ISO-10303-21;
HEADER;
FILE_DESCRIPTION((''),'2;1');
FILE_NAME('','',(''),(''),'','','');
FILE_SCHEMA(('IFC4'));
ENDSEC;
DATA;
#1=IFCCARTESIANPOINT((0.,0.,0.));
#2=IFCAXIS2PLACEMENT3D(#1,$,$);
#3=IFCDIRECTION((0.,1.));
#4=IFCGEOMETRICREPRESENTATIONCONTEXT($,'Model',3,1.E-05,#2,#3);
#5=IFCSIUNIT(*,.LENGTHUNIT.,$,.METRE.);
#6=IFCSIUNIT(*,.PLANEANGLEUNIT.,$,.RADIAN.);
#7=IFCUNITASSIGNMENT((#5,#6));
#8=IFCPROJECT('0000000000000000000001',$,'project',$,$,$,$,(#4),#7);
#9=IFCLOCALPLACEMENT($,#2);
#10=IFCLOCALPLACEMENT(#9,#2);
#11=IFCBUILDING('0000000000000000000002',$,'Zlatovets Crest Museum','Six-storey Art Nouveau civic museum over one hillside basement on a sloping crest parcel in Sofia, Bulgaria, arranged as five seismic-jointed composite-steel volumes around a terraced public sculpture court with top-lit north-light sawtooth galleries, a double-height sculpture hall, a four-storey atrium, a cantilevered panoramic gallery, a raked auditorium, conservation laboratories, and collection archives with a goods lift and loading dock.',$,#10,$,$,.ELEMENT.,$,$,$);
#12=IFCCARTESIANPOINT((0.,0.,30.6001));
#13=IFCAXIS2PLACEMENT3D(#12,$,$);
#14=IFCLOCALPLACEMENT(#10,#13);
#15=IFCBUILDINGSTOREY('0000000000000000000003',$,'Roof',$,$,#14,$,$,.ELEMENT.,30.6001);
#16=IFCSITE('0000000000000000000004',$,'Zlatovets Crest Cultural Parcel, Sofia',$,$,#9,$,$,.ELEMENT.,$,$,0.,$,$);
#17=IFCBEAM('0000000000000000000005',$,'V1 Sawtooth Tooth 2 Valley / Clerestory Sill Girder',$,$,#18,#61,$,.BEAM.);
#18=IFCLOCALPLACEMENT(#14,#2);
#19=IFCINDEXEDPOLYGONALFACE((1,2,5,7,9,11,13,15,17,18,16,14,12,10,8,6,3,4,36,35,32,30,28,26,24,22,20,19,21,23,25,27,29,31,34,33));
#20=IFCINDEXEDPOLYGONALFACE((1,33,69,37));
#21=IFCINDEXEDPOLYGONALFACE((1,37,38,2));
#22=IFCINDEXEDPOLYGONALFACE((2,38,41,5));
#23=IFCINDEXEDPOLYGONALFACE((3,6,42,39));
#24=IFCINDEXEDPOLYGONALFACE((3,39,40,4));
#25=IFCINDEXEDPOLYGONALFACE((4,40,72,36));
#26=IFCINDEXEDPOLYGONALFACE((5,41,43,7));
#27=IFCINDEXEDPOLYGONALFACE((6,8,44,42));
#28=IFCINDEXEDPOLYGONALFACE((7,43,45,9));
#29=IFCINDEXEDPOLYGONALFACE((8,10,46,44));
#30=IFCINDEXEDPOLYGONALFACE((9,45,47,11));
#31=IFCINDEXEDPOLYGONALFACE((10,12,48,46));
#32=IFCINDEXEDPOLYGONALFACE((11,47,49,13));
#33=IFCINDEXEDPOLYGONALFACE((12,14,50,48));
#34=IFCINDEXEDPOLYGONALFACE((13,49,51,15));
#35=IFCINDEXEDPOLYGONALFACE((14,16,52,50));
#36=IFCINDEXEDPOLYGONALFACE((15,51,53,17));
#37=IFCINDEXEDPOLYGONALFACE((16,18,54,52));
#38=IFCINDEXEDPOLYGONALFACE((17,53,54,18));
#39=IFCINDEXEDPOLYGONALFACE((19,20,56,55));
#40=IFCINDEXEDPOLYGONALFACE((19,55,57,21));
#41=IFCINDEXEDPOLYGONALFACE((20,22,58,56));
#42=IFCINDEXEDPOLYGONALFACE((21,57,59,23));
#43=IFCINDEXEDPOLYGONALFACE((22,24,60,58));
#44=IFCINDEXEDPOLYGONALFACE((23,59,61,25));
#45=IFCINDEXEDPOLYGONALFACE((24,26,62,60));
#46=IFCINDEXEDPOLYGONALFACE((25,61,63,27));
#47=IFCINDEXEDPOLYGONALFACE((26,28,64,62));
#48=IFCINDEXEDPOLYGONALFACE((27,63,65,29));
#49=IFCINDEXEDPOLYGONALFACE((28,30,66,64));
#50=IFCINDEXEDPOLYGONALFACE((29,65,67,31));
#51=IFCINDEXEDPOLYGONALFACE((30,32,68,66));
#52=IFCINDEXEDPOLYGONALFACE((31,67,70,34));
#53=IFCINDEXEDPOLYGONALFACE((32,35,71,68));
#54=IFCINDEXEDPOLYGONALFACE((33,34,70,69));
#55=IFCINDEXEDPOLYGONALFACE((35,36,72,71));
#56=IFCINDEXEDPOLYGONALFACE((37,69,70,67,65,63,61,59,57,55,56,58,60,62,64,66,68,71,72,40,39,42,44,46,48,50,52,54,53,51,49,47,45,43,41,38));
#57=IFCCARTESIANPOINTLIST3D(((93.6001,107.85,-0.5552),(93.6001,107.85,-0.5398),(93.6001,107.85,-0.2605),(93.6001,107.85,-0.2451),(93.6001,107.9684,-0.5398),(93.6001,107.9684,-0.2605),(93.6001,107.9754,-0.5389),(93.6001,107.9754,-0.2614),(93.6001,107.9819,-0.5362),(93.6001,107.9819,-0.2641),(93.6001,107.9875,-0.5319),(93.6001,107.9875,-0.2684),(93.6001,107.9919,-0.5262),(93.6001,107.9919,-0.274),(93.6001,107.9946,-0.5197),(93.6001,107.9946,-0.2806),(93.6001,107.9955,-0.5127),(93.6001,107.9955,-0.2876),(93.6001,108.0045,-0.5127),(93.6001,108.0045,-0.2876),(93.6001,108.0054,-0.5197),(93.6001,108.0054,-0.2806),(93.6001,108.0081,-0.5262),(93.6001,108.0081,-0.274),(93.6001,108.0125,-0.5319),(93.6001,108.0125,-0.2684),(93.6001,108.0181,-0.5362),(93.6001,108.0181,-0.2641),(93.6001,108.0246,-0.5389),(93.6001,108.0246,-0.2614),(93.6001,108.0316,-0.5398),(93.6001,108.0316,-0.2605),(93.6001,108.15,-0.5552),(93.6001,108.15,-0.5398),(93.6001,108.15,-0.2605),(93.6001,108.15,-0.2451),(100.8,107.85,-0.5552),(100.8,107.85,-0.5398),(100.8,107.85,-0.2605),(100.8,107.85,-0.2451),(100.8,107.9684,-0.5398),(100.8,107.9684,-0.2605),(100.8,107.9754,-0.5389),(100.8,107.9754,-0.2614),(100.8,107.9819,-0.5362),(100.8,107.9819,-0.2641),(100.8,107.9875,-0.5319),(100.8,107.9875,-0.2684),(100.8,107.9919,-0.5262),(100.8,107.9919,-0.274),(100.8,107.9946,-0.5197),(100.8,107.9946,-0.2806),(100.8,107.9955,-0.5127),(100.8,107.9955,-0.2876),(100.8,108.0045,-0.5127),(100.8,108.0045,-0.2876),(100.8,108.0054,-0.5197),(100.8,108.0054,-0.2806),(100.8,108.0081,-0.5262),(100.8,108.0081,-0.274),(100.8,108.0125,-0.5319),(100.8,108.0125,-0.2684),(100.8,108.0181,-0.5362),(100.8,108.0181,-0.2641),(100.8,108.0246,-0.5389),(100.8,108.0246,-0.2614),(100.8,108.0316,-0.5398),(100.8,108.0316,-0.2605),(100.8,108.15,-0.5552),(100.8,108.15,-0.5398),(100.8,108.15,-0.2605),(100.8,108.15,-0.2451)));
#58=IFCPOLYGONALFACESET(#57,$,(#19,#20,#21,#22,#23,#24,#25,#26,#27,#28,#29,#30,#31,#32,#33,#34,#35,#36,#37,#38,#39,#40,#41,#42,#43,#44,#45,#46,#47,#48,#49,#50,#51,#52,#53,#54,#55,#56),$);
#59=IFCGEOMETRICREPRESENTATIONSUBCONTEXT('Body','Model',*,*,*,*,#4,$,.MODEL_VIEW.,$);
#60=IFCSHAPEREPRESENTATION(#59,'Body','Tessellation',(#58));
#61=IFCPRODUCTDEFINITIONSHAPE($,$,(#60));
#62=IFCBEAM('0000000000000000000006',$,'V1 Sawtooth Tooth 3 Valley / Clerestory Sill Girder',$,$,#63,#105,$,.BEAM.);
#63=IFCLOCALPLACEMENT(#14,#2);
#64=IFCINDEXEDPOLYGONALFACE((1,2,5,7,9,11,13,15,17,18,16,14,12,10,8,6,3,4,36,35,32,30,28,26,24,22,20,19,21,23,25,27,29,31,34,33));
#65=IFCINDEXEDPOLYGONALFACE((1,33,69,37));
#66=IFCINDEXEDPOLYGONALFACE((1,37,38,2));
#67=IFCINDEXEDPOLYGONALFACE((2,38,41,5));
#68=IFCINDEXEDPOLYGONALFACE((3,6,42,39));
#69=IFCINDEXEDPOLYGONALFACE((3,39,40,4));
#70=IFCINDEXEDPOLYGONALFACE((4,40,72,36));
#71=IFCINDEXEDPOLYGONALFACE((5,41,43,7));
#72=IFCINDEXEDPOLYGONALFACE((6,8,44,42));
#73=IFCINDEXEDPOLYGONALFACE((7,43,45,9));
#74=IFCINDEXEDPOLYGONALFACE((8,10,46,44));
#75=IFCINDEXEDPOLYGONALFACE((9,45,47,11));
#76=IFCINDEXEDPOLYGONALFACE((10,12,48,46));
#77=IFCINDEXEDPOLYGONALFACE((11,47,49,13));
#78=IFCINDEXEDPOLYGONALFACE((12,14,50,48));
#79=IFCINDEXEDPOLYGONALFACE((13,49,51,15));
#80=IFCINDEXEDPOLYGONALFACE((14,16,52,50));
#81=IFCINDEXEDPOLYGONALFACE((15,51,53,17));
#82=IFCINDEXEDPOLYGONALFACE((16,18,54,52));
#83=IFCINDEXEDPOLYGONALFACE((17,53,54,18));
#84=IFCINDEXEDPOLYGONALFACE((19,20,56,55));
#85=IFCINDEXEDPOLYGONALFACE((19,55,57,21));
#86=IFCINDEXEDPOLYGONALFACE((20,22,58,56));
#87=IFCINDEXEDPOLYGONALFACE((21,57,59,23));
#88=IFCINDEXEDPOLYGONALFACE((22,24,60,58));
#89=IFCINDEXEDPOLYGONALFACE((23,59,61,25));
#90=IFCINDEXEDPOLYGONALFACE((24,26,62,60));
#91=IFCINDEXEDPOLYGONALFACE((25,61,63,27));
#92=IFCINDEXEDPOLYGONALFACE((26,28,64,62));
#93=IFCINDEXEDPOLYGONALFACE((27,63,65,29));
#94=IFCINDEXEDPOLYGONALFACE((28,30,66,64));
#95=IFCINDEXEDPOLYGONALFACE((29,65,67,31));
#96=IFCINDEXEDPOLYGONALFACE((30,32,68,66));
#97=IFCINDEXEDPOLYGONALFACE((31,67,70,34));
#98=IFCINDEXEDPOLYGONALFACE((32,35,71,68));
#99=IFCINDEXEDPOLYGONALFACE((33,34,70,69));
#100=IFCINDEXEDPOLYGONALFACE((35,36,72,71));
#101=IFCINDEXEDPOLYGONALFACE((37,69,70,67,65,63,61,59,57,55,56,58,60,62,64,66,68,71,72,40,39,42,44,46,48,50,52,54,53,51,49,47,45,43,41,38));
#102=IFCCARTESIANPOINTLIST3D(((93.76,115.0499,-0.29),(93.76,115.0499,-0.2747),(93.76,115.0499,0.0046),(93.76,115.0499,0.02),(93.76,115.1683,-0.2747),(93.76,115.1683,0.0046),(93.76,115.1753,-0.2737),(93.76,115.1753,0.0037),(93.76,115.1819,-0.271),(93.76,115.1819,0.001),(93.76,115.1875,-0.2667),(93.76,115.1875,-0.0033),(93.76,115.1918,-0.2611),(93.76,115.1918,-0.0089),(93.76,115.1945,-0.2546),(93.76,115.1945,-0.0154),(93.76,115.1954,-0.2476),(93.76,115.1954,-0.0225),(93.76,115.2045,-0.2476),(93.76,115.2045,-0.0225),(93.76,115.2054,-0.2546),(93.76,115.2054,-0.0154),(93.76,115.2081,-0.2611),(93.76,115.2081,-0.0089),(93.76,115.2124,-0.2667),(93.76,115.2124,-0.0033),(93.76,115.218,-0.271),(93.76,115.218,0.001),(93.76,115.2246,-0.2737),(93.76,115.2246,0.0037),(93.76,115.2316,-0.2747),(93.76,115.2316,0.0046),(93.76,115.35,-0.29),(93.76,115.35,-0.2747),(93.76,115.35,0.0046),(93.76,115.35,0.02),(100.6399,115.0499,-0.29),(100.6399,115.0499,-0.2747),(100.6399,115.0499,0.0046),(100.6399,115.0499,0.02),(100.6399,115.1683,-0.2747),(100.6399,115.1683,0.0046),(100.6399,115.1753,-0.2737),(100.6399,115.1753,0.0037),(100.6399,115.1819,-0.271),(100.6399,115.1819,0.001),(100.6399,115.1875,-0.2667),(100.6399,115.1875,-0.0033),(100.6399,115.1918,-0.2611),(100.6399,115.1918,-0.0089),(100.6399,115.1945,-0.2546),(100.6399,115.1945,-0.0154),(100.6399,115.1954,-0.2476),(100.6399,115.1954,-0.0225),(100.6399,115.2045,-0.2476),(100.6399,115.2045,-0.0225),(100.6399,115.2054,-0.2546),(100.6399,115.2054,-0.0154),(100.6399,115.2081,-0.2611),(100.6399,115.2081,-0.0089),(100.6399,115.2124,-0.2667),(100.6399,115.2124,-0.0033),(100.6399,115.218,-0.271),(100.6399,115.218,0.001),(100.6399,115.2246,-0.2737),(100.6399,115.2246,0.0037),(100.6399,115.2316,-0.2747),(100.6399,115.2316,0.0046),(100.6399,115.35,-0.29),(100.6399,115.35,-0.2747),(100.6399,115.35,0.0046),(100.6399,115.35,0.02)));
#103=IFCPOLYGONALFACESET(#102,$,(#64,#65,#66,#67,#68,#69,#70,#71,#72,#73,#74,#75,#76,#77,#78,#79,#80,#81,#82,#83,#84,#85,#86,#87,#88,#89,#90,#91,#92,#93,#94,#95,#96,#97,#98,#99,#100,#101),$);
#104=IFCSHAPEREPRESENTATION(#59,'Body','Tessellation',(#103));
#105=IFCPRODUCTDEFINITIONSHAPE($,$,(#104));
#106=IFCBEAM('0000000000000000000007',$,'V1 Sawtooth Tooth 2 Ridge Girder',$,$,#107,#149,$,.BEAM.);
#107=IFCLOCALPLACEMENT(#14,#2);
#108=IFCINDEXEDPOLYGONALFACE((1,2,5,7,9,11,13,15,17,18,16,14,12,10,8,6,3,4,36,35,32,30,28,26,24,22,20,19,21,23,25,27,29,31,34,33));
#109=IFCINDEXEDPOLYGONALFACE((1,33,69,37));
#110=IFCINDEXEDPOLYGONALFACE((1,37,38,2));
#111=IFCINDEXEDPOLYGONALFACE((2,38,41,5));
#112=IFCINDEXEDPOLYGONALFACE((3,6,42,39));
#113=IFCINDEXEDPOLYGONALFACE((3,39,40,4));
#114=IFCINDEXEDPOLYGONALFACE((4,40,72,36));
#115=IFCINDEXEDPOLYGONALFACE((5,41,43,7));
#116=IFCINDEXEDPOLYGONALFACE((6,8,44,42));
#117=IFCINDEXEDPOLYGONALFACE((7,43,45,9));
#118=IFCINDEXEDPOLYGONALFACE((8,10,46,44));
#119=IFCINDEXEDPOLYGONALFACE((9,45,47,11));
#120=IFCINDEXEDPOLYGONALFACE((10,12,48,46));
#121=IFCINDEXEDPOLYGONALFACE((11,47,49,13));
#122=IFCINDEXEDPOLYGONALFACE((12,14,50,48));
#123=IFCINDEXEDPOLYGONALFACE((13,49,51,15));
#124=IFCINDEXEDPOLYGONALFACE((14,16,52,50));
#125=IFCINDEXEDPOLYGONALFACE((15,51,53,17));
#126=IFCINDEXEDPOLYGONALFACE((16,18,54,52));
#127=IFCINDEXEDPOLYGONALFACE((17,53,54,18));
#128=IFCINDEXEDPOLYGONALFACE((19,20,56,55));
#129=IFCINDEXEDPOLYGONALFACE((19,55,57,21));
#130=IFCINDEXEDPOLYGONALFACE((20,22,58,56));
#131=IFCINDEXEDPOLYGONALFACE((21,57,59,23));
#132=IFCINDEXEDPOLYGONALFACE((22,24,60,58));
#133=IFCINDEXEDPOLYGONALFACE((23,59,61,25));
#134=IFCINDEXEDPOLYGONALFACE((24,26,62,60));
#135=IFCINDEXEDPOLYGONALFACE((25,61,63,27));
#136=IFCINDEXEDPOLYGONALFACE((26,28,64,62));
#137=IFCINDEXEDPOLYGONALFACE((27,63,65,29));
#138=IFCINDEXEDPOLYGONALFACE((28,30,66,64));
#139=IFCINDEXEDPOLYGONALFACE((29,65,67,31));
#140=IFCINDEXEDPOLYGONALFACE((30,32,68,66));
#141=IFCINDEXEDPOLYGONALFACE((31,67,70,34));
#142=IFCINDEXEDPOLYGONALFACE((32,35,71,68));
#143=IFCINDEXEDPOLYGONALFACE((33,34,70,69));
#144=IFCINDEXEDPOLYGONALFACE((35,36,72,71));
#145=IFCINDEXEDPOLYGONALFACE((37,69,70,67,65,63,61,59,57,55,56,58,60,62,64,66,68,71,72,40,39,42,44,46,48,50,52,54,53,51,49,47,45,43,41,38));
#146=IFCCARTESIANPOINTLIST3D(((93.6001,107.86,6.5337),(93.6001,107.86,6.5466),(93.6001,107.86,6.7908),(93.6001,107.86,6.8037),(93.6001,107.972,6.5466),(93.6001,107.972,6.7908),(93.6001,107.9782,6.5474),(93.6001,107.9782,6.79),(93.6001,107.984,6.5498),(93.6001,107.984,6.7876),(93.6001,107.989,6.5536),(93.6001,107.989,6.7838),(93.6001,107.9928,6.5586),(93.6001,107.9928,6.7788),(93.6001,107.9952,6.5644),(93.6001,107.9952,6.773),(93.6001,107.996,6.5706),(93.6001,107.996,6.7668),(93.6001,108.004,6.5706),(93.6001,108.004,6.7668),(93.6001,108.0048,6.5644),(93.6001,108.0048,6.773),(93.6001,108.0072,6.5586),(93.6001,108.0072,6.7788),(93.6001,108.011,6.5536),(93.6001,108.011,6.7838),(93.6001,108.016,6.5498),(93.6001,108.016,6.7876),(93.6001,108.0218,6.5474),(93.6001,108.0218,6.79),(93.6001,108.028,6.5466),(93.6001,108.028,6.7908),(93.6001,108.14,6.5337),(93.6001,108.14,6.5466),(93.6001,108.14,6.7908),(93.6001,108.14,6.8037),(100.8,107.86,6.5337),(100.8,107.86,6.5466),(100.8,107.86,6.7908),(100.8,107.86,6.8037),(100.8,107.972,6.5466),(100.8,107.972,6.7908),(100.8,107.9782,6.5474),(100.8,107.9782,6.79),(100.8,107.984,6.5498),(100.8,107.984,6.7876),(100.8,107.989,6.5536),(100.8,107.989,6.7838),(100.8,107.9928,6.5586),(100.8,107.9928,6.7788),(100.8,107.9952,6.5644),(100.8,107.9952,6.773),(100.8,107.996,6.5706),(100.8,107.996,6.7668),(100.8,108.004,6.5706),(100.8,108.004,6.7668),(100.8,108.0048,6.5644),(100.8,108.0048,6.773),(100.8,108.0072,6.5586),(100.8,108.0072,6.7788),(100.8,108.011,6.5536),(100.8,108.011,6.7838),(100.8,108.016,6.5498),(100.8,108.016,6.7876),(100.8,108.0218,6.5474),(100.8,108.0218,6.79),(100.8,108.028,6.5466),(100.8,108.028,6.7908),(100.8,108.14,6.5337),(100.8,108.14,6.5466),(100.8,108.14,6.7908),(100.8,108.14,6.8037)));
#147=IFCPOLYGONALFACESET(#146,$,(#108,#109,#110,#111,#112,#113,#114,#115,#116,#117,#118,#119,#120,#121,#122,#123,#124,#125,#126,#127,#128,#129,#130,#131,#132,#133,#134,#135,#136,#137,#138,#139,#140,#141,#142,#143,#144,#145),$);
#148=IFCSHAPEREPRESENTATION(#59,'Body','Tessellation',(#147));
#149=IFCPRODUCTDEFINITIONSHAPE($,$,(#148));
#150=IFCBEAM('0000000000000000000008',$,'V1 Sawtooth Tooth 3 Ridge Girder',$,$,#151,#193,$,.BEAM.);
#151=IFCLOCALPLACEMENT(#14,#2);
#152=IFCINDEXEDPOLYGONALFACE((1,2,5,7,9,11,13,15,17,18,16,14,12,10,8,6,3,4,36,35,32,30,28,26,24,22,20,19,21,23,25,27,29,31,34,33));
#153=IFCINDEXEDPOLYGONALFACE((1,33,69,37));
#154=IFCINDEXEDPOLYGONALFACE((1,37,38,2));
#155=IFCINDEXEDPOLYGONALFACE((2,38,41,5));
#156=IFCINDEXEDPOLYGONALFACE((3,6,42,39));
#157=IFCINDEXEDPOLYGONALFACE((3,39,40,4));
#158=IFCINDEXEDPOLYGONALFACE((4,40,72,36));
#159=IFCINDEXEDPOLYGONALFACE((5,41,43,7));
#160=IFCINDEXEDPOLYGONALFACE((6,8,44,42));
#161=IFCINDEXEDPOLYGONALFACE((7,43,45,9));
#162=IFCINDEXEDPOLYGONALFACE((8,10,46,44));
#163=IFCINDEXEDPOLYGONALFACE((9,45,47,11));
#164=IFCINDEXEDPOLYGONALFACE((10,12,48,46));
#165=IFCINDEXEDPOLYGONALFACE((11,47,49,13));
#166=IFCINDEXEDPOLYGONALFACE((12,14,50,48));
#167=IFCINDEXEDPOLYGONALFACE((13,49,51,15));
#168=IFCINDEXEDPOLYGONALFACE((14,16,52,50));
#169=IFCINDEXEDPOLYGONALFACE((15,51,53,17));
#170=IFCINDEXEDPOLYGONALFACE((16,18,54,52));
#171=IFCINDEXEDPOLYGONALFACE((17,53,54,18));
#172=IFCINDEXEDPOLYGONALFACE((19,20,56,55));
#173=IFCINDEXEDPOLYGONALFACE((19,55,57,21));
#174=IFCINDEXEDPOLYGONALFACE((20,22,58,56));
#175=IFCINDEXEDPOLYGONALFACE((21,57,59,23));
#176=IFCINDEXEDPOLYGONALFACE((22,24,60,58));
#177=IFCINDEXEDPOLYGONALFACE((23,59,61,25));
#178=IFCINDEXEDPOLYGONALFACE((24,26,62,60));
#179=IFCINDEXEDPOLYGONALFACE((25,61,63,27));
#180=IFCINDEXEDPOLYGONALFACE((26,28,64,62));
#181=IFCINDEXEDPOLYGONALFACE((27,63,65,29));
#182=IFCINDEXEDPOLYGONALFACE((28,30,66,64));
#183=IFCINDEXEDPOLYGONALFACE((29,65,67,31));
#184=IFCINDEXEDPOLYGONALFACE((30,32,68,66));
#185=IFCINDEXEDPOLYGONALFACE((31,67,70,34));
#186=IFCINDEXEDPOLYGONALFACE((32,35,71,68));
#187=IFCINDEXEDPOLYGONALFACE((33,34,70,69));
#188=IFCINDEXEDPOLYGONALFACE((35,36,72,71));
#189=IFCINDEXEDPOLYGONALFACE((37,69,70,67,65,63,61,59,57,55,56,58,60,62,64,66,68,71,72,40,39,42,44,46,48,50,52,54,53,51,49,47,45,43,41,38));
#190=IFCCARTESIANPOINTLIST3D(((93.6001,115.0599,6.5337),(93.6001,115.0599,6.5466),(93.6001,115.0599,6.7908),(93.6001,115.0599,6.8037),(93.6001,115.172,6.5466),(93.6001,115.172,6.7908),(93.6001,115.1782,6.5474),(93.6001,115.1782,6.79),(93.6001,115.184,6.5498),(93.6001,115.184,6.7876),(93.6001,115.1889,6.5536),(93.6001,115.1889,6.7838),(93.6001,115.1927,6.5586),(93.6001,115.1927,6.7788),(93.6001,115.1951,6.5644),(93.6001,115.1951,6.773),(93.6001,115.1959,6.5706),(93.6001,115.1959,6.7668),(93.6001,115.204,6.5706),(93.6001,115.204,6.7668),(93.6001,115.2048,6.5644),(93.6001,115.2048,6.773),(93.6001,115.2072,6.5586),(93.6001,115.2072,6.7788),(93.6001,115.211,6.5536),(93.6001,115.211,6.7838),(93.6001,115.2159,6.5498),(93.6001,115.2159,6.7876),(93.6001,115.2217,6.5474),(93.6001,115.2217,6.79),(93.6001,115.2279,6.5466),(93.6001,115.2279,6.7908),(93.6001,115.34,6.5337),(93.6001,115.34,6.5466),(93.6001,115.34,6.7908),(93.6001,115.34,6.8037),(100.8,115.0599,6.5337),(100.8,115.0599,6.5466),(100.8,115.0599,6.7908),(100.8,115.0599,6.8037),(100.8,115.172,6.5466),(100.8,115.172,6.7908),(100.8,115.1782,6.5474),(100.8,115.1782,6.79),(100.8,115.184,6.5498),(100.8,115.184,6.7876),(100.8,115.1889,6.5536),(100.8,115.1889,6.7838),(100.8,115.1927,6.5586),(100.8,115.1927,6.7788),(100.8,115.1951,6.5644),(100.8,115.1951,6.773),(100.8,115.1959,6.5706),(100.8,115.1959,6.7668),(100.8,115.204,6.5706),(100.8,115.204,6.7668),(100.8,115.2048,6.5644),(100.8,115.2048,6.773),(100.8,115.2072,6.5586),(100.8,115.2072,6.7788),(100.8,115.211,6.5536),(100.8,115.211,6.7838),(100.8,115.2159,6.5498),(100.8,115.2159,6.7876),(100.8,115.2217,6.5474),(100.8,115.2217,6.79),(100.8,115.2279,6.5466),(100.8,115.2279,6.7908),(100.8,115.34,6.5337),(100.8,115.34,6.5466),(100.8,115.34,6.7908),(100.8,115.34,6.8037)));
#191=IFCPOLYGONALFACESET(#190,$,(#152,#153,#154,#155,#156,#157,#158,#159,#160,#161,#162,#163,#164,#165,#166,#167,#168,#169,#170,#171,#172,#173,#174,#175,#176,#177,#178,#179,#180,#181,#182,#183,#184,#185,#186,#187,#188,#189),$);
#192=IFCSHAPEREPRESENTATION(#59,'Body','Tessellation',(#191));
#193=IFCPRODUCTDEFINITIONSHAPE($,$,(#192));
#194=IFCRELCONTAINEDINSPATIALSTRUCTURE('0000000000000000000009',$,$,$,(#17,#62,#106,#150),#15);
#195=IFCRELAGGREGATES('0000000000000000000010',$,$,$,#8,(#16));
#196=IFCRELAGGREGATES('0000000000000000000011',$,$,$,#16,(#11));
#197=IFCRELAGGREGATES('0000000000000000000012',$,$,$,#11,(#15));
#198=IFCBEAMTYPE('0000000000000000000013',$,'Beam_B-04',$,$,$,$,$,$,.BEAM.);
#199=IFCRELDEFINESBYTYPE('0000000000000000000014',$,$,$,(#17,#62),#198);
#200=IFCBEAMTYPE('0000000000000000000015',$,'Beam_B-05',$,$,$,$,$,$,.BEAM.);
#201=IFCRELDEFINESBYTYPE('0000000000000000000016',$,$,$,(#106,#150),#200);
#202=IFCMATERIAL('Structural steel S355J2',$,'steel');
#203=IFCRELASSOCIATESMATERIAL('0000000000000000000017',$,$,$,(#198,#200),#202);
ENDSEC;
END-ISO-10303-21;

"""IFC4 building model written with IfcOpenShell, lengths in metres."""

from ifc_helpers import new_model, si_unit, direction, frame, origin, origin_2d, place, context, subcontext, project, spatial, i_section, extrude, material, material_profile, profile_set, type_object, element, save


model = new_model("IFC4")

# Units and contexts
model_context = context("Model", 3, precision=1e-05, world=origin(), true_north=direction((0.0, 1.0)))
body_context = subcontext(model_context, "Body", "Model", "MODEL_VIEW")
ifc_project = project(units=[si_unit("LENGTHUNIT", "METRE"), si_unit("PLANEANGLEUNIT", "RADIAN")], contexts=[model_context])

# Site, building, storey
site_placement = place(None, origin())
site = spatial("IfcSite", under=ifc_project, at=site_placement, Name="Zlatovets Crest Cultural Parcel, Sofia", CompositionType="ELEMENT", RefElevation=0.0)
building_placement = place(site_placement, origin())
building = spatial("IfcBuilding", under=site, at=building_placement, Name="Zlatovets Crest Museum", Description="Six-storey Art Nouveau civic museum over one hillside basement on a sloping crest parcel in Sofia, Bulgaria, arranged as five seismic-jointed composite-steel volumes around a terraced public sculpture court with top-lit north-light sawtooth galleries, a double-height sculpture hall, a four-storey atrium, a cantilevered panoramic gallery, a raked auditorium, conservation laboratories, and collection archives with a goods lift and loading dock.", CompositionType="ELEMENT")
storey_placement = place(building_placement, frame((0.0, 0.0, 30.6001)))
storey = spatial("IfcBuildingStorey", under=building, at=storey_placement, Name="Roof", CompositionType="ELEMENT", Elevation=30.6001)

# Beams
ifc_material_1 = material(Name="Structural steel S355J2", Category="steel")
ifc_material_profile_1 = material_profile(ifc_material_1, i_section(OverallWidth=0.3, OverallDepth=0.3101, WebThickness=0.009, FlangeThickness=0.0154, FilletRadius=0.0271, at=origin_2d()), Name="HEA 320")
ifc_profile_set_1 = profile_set([ifc_material_profile_1], Name="Structural steel S355J2")
beam_type_1 = type_object("IfcBeamType", Name="Beam_B-04", PredefinedType="BEAM", material=ifc_profile_set_1)
beam_1_placement = place(storey_placement, frame((93.6001, 108.0, -0.4001), z_axis=(1.0, 0.0, 0.0), x_axis=(0.0, 1.0, 0.0)))
element("IfcBeam", 1, at=beam_1_placement, inside=storey, type_object=beam_type_1, Name="V1 Sawtooth Tooth 2 Valley / Clerestory Sill Girder", PredefinedType="BEAM", context=body_context, shape_type="SweptSolid", body=[
    extrude(i_section(OverallWidth=0.3, OverallDepth=0.3101, WebThickness=0.009, FlangeThickness=0.0154, FilletRadius=0.0271, at=origin_2d()), origin(), (0.0, 0.0, 1.0), 7.2),
])
beam_2_placement = place(storey_placement, frame((93.76, 115.2, -0.135), z_axis=(1.0, 0.0, 0.0), x_axis=(0.0, 1.0, 0.0)))
element("IfcBeam", 2, at=beam_2_placement, inside=storey, type_object=beam_type_1, Name="V1 Sawtooth Tooth 3 Valley / Clerestory Sill Girder", PredefinedType="BEAM", context=body_context, shape_type="SweptSolid", body=[
    extrude(i_section(OverallWidth=0.3, OverallDepth=0.3101, WebThickness=0.009, FlangeThickness=0.0154, FilletRadius=0.0271, at=origin_2d()), origin(), (0.0, 0.0, 1.0), 6.8799),
])
ifc_material_profile_2 = material_profile(ifc_material_1, i_section(OverallWidth=0.28, OverallDepth=0.27, WebThickness=0.0081, FlangeThickness=0.0129, FilletRadius=0.0239, at=origin_2d()), Name="HEA 280")
ifc_profile_set_2 = profile_set([ifc_material_profile_2], Name="Structural steel S355J2")
beam_type_2 = type_object("IfcBeamType", Name="Beam_B-05", PredefinedType="BEAM", material=ifc_profile_set_2)
for number, where, z_axis, x_axis, name in (
    (3, (93.6001, 108.0, 6.6687), (1.0, 0.0, 0.0), (0.0, 1.0, 0.0), "V1 Sawtooth Tooth 2 Ridge Girder"),
    (4, (93.6001, 115.2, 6.6687), (1.0, 0.0, 0.0), (0.0, 1.0, 0.0), "V1 Sawtooth Tooth 3 Ridge Girder"),
):
    element("IfcBeam", number, at=place(storey_placement, frame(where, z_axis=z_axis, x_axis=x_axis)), inside=storey, type_object=beam_type_2, Name=name, PredefinedType="BEAM", context=body_context, shape_type="SweptSolid", body=[
        extrude(i_section(OverallWidth=0.28, OverallDepth=0.27, WebThickness=0.0081, FlangeThickness=0.0129, FilletRadius=0.0239, at=origin_2d()), origin(), (0.0, 0.0, 1.0), 7.2),
    ])

save(model, "model.ifc")
